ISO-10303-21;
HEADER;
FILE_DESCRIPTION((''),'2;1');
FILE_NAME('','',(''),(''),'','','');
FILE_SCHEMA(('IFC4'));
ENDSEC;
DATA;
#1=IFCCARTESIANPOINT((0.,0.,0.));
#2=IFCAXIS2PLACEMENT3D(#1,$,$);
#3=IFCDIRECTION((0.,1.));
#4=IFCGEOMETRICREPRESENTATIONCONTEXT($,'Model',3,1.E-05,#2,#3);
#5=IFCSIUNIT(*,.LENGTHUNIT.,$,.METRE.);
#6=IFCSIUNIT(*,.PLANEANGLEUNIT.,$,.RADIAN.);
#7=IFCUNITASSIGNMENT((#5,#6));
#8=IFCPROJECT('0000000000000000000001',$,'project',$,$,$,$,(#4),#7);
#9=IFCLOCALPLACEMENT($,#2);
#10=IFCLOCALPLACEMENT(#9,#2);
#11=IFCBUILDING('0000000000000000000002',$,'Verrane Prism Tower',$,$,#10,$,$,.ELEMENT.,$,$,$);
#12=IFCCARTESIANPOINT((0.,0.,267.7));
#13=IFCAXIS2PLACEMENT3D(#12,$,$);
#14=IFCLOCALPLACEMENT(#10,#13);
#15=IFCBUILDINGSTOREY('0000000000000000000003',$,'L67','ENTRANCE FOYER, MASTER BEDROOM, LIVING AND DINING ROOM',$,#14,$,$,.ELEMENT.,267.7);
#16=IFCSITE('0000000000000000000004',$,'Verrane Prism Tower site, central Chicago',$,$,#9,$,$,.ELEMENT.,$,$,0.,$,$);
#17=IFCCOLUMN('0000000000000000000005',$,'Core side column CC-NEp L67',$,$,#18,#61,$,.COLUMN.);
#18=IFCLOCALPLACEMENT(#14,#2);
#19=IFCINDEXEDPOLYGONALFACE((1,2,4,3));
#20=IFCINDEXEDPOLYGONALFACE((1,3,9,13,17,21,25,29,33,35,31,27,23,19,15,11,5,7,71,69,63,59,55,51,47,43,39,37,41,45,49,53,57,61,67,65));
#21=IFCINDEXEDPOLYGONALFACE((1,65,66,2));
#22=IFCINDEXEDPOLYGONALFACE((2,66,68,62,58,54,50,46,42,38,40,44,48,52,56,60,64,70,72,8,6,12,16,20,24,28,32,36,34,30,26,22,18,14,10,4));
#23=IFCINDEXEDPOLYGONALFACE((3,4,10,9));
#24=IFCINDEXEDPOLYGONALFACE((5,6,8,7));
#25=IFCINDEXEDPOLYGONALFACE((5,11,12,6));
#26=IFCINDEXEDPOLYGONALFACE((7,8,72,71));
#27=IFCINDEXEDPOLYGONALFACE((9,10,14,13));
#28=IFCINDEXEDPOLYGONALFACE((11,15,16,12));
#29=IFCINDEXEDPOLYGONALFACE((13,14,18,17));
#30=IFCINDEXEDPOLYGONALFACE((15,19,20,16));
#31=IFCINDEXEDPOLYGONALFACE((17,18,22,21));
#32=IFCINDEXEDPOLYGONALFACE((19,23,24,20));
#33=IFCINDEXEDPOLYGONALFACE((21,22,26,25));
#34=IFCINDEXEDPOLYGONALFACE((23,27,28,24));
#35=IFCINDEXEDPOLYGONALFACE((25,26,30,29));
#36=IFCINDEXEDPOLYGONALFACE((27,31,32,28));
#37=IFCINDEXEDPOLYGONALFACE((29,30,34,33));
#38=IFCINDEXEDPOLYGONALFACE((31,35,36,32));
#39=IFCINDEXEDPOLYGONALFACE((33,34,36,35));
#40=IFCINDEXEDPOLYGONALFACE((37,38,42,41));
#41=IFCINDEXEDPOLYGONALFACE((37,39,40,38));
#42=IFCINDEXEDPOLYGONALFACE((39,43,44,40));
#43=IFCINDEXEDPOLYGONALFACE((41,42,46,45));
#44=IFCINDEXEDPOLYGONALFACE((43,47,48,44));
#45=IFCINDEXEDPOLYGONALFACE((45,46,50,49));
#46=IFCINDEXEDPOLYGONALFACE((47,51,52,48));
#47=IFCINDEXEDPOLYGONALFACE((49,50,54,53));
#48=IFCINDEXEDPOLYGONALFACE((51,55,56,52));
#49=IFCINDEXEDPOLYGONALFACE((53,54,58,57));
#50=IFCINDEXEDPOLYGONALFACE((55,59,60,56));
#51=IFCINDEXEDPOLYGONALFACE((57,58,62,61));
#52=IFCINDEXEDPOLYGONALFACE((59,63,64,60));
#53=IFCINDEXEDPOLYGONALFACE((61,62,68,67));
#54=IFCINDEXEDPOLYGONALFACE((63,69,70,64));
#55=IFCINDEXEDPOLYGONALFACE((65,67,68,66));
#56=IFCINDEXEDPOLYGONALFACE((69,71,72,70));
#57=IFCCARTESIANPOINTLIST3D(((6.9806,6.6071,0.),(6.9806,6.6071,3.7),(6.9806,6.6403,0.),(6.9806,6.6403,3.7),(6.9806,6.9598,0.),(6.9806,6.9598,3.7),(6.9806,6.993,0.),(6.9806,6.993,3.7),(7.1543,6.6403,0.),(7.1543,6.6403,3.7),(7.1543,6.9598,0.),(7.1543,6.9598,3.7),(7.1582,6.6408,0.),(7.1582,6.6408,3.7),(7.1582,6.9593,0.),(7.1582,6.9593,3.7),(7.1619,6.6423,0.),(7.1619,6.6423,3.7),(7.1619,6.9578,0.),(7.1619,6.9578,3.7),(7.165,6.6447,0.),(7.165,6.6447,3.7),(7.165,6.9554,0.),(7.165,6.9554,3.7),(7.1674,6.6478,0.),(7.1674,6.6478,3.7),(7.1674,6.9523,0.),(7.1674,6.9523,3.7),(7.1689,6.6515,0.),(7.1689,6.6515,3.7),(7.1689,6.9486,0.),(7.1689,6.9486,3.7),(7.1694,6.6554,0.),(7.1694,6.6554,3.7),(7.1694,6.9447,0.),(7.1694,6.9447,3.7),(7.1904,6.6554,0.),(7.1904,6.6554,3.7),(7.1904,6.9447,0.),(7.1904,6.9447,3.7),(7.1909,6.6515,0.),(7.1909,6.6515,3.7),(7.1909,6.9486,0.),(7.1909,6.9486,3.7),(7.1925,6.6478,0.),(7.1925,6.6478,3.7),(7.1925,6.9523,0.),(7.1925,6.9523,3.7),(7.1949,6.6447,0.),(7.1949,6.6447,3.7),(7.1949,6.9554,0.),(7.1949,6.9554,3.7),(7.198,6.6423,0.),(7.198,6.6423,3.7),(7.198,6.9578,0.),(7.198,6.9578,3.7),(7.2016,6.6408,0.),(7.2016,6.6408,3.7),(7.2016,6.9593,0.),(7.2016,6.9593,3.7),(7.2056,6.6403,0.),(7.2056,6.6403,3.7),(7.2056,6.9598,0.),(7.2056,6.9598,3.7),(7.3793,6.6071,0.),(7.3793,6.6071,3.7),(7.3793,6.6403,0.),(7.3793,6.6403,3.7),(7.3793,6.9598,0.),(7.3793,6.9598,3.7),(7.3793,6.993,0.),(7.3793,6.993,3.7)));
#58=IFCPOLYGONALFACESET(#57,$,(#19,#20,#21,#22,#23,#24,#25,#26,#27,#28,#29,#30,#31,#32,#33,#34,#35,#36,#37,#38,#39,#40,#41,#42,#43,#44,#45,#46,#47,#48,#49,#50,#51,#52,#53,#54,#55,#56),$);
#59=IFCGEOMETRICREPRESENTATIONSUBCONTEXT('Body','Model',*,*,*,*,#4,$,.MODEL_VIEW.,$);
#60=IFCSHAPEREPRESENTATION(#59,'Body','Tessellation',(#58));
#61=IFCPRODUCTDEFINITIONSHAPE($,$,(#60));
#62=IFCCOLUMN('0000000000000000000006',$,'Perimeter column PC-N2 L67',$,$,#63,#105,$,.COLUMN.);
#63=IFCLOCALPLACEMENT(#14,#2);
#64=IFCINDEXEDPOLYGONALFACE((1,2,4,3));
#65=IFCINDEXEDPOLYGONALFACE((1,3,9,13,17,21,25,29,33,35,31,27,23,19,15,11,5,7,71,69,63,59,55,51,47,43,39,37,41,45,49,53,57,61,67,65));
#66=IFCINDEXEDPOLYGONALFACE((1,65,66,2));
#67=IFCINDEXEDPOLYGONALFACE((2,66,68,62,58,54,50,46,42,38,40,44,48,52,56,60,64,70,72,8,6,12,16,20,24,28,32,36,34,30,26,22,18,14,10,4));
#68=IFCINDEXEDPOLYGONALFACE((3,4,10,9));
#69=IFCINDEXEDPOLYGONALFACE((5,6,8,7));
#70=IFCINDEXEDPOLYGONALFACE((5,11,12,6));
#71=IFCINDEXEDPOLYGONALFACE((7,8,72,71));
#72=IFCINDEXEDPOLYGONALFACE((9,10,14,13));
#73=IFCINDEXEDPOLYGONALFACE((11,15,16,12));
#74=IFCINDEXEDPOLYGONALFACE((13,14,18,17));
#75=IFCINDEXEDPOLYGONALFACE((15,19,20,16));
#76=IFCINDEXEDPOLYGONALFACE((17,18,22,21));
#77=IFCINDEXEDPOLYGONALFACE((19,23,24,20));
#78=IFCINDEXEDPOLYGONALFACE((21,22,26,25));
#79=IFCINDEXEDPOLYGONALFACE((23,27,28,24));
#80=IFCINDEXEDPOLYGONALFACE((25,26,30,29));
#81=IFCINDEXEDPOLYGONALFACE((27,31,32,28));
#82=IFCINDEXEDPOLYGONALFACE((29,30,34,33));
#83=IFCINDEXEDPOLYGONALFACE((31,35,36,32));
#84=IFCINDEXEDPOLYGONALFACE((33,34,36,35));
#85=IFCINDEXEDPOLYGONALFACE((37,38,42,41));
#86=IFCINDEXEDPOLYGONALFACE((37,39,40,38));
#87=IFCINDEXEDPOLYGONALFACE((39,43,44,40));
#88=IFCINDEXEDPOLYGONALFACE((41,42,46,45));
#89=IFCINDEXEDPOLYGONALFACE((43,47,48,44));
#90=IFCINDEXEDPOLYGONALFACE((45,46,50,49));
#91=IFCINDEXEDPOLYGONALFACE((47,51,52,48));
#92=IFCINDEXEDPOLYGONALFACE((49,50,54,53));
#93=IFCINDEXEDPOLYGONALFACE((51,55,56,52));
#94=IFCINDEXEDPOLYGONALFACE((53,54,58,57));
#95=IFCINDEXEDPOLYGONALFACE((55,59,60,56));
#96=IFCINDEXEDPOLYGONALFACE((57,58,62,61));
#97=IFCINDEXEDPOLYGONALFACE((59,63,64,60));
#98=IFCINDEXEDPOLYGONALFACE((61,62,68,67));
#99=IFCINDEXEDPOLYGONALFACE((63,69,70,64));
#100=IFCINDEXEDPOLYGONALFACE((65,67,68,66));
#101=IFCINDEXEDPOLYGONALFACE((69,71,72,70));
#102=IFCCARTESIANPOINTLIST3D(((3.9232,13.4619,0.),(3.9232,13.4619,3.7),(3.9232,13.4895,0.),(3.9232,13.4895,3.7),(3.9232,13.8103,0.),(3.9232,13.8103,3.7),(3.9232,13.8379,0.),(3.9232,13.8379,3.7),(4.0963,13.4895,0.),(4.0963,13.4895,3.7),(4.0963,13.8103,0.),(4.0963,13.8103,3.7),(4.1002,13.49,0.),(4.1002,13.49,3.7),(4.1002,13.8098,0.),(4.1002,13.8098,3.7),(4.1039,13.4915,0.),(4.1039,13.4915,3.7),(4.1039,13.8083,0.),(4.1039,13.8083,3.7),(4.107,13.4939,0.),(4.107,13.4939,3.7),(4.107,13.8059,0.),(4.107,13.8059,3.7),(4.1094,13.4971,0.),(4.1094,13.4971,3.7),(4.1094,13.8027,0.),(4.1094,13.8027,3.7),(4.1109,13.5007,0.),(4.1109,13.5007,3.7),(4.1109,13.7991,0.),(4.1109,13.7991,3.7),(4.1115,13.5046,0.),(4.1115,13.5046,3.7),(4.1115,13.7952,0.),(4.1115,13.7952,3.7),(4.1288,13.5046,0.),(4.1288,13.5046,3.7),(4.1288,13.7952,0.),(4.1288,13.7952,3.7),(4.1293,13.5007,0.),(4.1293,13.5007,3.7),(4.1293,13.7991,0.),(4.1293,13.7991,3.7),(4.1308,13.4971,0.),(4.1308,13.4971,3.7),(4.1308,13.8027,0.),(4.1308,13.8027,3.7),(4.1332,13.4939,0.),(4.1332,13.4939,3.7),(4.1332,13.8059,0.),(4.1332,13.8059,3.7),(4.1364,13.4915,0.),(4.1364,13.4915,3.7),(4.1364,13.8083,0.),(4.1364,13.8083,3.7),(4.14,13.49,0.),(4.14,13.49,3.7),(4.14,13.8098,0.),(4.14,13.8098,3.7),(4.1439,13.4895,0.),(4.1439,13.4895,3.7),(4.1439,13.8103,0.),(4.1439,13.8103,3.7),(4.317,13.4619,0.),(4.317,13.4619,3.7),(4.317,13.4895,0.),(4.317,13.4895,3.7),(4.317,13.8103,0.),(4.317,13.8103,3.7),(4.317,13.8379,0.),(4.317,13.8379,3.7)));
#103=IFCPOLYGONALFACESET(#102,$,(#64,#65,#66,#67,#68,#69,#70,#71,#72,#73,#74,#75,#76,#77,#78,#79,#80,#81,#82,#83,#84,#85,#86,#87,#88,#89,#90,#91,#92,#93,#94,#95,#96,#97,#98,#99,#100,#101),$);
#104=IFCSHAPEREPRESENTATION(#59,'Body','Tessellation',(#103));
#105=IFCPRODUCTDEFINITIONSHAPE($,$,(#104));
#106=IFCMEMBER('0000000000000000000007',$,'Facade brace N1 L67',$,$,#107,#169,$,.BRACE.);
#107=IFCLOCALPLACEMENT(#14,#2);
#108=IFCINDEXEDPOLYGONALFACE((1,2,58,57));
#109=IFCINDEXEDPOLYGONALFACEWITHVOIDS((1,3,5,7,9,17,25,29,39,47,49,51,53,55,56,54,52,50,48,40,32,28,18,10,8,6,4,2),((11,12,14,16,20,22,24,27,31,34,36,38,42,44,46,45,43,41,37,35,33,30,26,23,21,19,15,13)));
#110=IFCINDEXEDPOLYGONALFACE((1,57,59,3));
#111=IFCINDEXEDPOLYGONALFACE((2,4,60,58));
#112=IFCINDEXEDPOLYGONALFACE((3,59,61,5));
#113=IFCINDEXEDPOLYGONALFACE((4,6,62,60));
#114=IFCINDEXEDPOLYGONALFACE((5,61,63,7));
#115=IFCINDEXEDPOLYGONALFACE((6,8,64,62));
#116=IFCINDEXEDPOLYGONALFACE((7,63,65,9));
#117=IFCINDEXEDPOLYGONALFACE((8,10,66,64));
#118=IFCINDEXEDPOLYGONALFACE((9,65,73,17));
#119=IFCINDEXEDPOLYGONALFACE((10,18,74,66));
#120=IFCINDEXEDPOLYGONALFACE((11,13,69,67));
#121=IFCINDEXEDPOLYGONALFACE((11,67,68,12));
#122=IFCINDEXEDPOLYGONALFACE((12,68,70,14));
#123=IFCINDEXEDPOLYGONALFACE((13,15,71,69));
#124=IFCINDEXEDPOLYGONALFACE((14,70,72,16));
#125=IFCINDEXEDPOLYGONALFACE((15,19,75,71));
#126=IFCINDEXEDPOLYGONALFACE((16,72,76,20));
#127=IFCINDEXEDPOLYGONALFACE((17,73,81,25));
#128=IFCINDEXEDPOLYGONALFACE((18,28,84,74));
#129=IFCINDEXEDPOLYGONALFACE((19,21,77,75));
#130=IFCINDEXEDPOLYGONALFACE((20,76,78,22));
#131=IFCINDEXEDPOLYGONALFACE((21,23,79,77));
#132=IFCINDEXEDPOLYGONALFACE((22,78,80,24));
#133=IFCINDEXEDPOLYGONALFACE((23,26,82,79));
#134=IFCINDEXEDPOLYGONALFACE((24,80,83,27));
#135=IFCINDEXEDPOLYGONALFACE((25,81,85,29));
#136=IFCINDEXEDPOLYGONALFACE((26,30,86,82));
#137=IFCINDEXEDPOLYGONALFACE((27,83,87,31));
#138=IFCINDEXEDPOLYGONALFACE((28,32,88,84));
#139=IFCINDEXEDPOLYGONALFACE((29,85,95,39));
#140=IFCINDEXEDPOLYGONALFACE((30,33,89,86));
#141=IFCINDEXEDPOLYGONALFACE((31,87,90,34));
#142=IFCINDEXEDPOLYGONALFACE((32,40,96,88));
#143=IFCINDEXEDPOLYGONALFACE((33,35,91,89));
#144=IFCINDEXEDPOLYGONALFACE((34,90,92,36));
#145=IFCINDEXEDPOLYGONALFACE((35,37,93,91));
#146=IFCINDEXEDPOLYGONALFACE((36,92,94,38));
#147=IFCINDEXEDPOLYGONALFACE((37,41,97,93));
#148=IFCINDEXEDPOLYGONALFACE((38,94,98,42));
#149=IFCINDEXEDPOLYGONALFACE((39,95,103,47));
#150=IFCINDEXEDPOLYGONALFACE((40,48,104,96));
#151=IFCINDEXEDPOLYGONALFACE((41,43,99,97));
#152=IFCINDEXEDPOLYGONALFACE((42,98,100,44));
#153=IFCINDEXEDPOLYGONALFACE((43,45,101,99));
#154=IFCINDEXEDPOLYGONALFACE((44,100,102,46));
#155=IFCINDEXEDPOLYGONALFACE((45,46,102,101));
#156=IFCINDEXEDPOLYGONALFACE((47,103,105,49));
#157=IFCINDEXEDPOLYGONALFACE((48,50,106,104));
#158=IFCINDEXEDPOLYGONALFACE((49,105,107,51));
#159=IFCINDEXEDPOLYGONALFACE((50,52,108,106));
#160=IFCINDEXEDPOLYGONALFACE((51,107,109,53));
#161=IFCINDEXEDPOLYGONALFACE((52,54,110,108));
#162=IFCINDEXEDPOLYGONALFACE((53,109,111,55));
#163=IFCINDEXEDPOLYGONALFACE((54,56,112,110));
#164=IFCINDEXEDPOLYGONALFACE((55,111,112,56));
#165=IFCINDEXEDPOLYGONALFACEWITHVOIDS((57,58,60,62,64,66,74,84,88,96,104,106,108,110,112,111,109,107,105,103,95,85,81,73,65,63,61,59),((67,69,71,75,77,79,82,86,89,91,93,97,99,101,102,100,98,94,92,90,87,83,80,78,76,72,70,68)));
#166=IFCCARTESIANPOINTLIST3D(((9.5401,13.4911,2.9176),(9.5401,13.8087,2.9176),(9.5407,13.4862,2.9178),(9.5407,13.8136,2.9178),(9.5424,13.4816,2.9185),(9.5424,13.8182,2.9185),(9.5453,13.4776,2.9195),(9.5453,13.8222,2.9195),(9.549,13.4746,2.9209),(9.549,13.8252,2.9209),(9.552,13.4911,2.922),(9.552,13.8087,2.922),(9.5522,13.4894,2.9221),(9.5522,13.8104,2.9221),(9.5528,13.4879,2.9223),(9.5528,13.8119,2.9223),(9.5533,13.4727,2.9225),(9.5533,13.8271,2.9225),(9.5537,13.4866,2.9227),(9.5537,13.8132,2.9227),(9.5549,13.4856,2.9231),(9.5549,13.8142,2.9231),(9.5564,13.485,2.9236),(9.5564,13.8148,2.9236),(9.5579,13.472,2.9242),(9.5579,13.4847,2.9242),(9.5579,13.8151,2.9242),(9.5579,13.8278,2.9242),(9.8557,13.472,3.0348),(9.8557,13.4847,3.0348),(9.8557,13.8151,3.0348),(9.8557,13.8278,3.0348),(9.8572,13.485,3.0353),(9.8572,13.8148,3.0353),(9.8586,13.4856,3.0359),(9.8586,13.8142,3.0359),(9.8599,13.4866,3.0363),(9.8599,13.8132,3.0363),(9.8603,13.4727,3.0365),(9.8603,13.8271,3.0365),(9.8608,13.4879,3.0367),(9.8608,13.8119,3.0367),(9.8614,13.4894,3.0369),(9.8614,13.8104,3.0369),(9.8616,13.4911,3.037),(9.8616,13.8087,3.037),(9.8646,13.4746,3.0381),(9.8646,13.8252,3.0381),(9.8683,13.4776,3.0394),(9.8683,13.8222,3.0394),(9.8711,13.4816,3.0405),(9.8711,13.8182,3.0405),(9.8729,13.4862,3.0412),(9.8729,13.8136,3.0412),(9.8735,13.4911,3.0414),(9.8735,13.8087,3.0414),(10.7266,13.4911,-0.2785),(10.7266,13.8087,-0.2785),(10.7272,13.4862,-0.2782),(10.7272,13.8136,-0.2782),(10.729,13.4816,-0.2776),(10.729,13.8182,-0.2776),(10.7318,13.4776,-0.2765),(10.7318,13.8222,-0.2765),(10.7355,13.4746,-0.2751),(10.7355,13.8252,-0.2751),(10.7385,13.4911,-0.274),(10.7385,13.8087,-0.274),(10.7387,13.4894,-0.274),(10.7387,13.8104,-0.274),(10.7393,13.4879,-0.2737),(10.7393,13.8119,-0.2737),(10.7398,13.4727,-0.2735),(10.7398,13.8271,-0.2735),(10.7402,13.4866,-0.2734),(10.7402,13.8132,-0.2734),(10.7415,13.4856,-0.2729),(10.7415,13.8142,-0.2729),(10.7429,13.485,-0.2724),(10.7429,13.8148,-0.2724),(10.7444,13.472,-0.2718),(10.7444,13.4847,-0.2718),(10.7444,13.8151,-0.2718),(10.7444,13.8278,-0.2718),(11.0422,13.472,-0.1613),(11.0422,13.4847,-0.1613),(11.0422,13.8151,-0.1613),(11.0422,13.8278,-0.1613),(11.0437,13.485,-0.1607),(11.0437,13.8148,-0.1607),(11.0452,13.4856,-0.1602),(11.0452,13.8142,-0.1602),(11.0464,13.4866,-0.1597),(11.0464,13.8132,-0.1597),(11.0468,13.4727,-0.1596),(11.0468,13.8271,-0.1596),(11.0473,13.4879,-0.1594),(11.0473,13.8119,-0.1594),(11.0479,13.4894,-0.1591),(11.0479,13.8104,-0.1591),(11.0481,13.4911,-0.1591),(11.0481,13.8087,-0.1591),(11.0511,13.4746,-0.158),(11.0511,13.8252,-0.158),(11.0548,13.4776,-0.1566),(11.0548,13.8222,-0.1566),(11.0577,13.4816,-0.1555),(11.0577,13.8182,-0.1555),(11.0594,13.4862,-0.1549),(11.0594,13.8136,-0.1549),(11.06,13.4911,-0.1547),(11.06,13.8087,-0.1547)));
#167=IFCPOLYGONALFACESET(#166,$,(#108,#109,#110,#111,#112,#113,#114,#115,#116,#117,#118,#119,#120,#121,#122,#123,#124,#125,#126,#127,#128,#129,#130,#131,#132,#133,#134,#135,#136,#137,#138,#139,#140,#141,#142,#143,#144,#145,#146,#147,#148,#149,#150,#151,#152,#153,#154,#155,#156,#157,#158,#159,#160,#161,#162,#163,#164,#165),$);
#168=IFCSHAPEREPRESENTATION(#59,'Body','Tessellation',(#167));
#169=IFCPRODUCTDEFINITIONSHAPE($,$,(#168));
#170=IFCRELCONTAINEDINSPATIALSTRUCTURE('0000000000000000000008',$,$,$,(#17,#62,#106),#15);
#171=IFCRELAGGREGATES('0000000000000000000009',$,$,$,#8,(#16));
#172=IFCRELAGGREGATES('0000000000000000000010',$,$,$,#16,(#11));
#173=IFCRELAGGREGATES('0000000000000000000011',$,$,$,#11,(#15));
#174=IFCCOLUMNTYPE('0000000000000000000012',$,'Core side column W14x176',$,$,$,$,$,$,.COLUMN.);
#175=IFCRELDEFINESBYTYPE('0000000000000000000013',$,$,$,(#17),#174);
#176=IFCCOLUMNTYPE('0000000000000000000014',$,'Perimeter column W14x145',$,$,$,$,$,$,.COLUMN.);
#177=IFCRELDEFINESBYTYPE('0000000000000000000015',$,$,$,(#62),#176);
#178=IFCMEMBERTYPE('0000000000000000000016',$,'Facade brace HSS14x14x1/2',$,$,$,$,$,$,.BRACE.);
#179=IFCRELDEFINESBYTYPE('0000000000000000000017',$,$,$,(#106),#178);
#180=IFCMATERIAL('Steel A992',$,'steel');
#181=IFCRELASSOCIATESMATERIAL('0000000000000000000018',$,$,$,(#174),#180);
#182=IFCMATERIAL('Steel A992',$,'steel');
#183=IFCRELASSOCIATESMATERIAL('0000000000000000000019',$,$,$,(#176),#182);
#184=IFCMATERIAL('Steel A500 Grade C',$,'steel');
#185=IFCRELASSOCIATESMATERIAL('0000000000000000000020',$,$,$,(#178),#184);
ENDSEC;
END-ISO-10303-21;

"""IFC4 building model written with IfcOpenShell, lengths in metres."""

from ifc_helpers import new_model, si_unit, direction, frame, origin, origin_2d, place, context, subcontext, project, spatial, hollow_rectangle, i_section, extrude, material, material_profile, profile_set, type_object, element, save


model = new_model("IFC4")

# Units and contexts
model_context = context("Model", 3, precision=1e-05, world=origin(), true_north=direction((0.0, 1.0)))
body_context = subcontext(model_context, "Body", "Model", "MODEL_VIEW")
ifc_project = project(units=[si_unit("LENGTHUNIT", "METRE"), si_unit("PLANEANGLEUNIT", "RADIAN")], contexts=[model_context])

# Site, building, storey
site_placement = place(None, origin())
site = spatial("IfcSite", under=ifc_project, at=site_placement, Name="Verrane Prism Tower site, central Chicago", CompositionType="ELEMENT", RefElevation=0.0)
building_placement = place(site_placement, origin())
building = spatial("IfcBuilding", under=site, at=building_placement, Name="Verrane Prism Tower", CompositionType="ELEMENT")
storey_placement = place(building_placement, frame((0.0, 0.0, 267.7)))
storey = spatial("IfcBuildingStorey", under=building, at=storey_placement, Name="L67", Description="ENTRANCE FOYER, MASTER BEDROOM, LIVING AND DINING ROOM", CompositionType="ELEMENT", Elevation=267.7)

# Columns
ifc_material_1 = material(Name="Steel A992", Category="steel")
ifc_material_profile_1 = material_profile(ifc_material_1, i_section(OverallWidth=0.3987, OverallDepth=0.386, WebThickness=0.021, FlangeThickness=0.0332, FilletRadius=0.0151, at=origin_2d()), Name="W14x176")
ifc_profile_set_1 = profile_set([ifc_material_profile_1], Name="Steel A992")
column_type_1 = type_object("IfcColumnType", Name="Core side column W14x176", PredefinedType="COLUMN", material=ifc_profile_set_1)
column_1_placement = place(storey_placement, frame((7.1799, 6.8, 0.0), z_axis=(0.0, 0.0, 1.0), x_axis=(1.0, 0.0, 0.0)))
element("IfcColumn", 1, at=column_1_placement, inside=storey, type_object=column_type_1, Name="Core side column CC-NEp L67", PredefinedType="COLUMN", context=body_context, shape_type="SweptSolid", body=[
    extrude(i_section(OverallWidth=0.3987, OverallDepth=0.386, WebThickness=0.021, FlangeThickness=0.0332, FilletRadius=0.0151, at=origin_2d()), origin(), (0.0, 0.0, 1.0), 3.7),
])
ifc_material_2 = material(Name="Steel A992", Category="steel")
ifc_material_profile_2 = material_profile(ifc_material_2, i_section(OverallWidth=0.3938, OverallDepth=0.376, WebThickness=0.0173, FlangeThickness=0.0276, FilletRadius=0.0151, at=origin_2d()), Name="W14x145")
ifc_profile_set_2 = profile_set([ifc_material_profile_2], Name="Steel A992")
column_type_2 = type_object("IfcColumnType", Name="Perimeter column W14x145", PredefinedType="COLUMN", material=ifc_profile_set_2)
column_2_placement = place(storey_placement, frame((4.1201, 13.6499, 0.0), z_axis=(0.0, 0.0, 1.0), x_axis=(1.0, 0.0, 0.0)))
element("IfcColumn", 2, at=column_2_placement, inside=storey, type_object=column_type_2, Name="Perimeter column PC-N2 L67", PredefinedType="COLUMN", context=body_context, shape_type="SweptSolid", body=[
    extrude(i_section(OverallWidth=0.3938, OverallDepth=0.376, WebThickness=0.0173, FlangeThickness=0.0276, FilletRadius=0.0151, at=origin_2d()), origin(), (0.0, 0.0, 1.0), 3.7),
])

# Member
ifc_material_3 = material(Name="Steel A500 Grade C", Category="steel")
ifc_material_profile_3 = material_profile(ifc_material_3, hollow_rectangle(XDim=0.3557, YDim=0.3557, WallThickness=0.0127, InnerFilletRadius=0.0063, OuterFilletRadius=0.019, at=origin_2d()), Name="HSS14x14x1/2")
ifc_profile_set_3 = profile_set([ifc_material_profile_3], Name="Steel A500 Grade C")
member_type_1 = type_object("IfcMemberType", Name="Facade brace HSS14x14x1/2", PredefinedType="BRACE", material=ifc_profile_set_3)
member_1_placement = place(storey_placement, frame((10.8933, 13.6499, -0.2166), z_axis=(-0.348037, 0.0, 0.937481), x_axis=(0.0, -1.0, 0.0)))
element("IfcMember", 3, at=member_1_placement, inside=storey, type_object=member_type_1, Name="Facade brace N1 L67", PredefinedType="BRACE", context=body_context, shape_type="SweptSolid", body=[
    extrude(hollow_rectangle(XDim=0.3557, YDim=0.3557, WallThickness=0.0127, InnerFilletRadius=0.0063, OuterFilletRadius=0.019, at=origin_2d()), origin(), (0.0, 0.0, 1.0), 3.4092),
])

save(model, "model.ifc")
